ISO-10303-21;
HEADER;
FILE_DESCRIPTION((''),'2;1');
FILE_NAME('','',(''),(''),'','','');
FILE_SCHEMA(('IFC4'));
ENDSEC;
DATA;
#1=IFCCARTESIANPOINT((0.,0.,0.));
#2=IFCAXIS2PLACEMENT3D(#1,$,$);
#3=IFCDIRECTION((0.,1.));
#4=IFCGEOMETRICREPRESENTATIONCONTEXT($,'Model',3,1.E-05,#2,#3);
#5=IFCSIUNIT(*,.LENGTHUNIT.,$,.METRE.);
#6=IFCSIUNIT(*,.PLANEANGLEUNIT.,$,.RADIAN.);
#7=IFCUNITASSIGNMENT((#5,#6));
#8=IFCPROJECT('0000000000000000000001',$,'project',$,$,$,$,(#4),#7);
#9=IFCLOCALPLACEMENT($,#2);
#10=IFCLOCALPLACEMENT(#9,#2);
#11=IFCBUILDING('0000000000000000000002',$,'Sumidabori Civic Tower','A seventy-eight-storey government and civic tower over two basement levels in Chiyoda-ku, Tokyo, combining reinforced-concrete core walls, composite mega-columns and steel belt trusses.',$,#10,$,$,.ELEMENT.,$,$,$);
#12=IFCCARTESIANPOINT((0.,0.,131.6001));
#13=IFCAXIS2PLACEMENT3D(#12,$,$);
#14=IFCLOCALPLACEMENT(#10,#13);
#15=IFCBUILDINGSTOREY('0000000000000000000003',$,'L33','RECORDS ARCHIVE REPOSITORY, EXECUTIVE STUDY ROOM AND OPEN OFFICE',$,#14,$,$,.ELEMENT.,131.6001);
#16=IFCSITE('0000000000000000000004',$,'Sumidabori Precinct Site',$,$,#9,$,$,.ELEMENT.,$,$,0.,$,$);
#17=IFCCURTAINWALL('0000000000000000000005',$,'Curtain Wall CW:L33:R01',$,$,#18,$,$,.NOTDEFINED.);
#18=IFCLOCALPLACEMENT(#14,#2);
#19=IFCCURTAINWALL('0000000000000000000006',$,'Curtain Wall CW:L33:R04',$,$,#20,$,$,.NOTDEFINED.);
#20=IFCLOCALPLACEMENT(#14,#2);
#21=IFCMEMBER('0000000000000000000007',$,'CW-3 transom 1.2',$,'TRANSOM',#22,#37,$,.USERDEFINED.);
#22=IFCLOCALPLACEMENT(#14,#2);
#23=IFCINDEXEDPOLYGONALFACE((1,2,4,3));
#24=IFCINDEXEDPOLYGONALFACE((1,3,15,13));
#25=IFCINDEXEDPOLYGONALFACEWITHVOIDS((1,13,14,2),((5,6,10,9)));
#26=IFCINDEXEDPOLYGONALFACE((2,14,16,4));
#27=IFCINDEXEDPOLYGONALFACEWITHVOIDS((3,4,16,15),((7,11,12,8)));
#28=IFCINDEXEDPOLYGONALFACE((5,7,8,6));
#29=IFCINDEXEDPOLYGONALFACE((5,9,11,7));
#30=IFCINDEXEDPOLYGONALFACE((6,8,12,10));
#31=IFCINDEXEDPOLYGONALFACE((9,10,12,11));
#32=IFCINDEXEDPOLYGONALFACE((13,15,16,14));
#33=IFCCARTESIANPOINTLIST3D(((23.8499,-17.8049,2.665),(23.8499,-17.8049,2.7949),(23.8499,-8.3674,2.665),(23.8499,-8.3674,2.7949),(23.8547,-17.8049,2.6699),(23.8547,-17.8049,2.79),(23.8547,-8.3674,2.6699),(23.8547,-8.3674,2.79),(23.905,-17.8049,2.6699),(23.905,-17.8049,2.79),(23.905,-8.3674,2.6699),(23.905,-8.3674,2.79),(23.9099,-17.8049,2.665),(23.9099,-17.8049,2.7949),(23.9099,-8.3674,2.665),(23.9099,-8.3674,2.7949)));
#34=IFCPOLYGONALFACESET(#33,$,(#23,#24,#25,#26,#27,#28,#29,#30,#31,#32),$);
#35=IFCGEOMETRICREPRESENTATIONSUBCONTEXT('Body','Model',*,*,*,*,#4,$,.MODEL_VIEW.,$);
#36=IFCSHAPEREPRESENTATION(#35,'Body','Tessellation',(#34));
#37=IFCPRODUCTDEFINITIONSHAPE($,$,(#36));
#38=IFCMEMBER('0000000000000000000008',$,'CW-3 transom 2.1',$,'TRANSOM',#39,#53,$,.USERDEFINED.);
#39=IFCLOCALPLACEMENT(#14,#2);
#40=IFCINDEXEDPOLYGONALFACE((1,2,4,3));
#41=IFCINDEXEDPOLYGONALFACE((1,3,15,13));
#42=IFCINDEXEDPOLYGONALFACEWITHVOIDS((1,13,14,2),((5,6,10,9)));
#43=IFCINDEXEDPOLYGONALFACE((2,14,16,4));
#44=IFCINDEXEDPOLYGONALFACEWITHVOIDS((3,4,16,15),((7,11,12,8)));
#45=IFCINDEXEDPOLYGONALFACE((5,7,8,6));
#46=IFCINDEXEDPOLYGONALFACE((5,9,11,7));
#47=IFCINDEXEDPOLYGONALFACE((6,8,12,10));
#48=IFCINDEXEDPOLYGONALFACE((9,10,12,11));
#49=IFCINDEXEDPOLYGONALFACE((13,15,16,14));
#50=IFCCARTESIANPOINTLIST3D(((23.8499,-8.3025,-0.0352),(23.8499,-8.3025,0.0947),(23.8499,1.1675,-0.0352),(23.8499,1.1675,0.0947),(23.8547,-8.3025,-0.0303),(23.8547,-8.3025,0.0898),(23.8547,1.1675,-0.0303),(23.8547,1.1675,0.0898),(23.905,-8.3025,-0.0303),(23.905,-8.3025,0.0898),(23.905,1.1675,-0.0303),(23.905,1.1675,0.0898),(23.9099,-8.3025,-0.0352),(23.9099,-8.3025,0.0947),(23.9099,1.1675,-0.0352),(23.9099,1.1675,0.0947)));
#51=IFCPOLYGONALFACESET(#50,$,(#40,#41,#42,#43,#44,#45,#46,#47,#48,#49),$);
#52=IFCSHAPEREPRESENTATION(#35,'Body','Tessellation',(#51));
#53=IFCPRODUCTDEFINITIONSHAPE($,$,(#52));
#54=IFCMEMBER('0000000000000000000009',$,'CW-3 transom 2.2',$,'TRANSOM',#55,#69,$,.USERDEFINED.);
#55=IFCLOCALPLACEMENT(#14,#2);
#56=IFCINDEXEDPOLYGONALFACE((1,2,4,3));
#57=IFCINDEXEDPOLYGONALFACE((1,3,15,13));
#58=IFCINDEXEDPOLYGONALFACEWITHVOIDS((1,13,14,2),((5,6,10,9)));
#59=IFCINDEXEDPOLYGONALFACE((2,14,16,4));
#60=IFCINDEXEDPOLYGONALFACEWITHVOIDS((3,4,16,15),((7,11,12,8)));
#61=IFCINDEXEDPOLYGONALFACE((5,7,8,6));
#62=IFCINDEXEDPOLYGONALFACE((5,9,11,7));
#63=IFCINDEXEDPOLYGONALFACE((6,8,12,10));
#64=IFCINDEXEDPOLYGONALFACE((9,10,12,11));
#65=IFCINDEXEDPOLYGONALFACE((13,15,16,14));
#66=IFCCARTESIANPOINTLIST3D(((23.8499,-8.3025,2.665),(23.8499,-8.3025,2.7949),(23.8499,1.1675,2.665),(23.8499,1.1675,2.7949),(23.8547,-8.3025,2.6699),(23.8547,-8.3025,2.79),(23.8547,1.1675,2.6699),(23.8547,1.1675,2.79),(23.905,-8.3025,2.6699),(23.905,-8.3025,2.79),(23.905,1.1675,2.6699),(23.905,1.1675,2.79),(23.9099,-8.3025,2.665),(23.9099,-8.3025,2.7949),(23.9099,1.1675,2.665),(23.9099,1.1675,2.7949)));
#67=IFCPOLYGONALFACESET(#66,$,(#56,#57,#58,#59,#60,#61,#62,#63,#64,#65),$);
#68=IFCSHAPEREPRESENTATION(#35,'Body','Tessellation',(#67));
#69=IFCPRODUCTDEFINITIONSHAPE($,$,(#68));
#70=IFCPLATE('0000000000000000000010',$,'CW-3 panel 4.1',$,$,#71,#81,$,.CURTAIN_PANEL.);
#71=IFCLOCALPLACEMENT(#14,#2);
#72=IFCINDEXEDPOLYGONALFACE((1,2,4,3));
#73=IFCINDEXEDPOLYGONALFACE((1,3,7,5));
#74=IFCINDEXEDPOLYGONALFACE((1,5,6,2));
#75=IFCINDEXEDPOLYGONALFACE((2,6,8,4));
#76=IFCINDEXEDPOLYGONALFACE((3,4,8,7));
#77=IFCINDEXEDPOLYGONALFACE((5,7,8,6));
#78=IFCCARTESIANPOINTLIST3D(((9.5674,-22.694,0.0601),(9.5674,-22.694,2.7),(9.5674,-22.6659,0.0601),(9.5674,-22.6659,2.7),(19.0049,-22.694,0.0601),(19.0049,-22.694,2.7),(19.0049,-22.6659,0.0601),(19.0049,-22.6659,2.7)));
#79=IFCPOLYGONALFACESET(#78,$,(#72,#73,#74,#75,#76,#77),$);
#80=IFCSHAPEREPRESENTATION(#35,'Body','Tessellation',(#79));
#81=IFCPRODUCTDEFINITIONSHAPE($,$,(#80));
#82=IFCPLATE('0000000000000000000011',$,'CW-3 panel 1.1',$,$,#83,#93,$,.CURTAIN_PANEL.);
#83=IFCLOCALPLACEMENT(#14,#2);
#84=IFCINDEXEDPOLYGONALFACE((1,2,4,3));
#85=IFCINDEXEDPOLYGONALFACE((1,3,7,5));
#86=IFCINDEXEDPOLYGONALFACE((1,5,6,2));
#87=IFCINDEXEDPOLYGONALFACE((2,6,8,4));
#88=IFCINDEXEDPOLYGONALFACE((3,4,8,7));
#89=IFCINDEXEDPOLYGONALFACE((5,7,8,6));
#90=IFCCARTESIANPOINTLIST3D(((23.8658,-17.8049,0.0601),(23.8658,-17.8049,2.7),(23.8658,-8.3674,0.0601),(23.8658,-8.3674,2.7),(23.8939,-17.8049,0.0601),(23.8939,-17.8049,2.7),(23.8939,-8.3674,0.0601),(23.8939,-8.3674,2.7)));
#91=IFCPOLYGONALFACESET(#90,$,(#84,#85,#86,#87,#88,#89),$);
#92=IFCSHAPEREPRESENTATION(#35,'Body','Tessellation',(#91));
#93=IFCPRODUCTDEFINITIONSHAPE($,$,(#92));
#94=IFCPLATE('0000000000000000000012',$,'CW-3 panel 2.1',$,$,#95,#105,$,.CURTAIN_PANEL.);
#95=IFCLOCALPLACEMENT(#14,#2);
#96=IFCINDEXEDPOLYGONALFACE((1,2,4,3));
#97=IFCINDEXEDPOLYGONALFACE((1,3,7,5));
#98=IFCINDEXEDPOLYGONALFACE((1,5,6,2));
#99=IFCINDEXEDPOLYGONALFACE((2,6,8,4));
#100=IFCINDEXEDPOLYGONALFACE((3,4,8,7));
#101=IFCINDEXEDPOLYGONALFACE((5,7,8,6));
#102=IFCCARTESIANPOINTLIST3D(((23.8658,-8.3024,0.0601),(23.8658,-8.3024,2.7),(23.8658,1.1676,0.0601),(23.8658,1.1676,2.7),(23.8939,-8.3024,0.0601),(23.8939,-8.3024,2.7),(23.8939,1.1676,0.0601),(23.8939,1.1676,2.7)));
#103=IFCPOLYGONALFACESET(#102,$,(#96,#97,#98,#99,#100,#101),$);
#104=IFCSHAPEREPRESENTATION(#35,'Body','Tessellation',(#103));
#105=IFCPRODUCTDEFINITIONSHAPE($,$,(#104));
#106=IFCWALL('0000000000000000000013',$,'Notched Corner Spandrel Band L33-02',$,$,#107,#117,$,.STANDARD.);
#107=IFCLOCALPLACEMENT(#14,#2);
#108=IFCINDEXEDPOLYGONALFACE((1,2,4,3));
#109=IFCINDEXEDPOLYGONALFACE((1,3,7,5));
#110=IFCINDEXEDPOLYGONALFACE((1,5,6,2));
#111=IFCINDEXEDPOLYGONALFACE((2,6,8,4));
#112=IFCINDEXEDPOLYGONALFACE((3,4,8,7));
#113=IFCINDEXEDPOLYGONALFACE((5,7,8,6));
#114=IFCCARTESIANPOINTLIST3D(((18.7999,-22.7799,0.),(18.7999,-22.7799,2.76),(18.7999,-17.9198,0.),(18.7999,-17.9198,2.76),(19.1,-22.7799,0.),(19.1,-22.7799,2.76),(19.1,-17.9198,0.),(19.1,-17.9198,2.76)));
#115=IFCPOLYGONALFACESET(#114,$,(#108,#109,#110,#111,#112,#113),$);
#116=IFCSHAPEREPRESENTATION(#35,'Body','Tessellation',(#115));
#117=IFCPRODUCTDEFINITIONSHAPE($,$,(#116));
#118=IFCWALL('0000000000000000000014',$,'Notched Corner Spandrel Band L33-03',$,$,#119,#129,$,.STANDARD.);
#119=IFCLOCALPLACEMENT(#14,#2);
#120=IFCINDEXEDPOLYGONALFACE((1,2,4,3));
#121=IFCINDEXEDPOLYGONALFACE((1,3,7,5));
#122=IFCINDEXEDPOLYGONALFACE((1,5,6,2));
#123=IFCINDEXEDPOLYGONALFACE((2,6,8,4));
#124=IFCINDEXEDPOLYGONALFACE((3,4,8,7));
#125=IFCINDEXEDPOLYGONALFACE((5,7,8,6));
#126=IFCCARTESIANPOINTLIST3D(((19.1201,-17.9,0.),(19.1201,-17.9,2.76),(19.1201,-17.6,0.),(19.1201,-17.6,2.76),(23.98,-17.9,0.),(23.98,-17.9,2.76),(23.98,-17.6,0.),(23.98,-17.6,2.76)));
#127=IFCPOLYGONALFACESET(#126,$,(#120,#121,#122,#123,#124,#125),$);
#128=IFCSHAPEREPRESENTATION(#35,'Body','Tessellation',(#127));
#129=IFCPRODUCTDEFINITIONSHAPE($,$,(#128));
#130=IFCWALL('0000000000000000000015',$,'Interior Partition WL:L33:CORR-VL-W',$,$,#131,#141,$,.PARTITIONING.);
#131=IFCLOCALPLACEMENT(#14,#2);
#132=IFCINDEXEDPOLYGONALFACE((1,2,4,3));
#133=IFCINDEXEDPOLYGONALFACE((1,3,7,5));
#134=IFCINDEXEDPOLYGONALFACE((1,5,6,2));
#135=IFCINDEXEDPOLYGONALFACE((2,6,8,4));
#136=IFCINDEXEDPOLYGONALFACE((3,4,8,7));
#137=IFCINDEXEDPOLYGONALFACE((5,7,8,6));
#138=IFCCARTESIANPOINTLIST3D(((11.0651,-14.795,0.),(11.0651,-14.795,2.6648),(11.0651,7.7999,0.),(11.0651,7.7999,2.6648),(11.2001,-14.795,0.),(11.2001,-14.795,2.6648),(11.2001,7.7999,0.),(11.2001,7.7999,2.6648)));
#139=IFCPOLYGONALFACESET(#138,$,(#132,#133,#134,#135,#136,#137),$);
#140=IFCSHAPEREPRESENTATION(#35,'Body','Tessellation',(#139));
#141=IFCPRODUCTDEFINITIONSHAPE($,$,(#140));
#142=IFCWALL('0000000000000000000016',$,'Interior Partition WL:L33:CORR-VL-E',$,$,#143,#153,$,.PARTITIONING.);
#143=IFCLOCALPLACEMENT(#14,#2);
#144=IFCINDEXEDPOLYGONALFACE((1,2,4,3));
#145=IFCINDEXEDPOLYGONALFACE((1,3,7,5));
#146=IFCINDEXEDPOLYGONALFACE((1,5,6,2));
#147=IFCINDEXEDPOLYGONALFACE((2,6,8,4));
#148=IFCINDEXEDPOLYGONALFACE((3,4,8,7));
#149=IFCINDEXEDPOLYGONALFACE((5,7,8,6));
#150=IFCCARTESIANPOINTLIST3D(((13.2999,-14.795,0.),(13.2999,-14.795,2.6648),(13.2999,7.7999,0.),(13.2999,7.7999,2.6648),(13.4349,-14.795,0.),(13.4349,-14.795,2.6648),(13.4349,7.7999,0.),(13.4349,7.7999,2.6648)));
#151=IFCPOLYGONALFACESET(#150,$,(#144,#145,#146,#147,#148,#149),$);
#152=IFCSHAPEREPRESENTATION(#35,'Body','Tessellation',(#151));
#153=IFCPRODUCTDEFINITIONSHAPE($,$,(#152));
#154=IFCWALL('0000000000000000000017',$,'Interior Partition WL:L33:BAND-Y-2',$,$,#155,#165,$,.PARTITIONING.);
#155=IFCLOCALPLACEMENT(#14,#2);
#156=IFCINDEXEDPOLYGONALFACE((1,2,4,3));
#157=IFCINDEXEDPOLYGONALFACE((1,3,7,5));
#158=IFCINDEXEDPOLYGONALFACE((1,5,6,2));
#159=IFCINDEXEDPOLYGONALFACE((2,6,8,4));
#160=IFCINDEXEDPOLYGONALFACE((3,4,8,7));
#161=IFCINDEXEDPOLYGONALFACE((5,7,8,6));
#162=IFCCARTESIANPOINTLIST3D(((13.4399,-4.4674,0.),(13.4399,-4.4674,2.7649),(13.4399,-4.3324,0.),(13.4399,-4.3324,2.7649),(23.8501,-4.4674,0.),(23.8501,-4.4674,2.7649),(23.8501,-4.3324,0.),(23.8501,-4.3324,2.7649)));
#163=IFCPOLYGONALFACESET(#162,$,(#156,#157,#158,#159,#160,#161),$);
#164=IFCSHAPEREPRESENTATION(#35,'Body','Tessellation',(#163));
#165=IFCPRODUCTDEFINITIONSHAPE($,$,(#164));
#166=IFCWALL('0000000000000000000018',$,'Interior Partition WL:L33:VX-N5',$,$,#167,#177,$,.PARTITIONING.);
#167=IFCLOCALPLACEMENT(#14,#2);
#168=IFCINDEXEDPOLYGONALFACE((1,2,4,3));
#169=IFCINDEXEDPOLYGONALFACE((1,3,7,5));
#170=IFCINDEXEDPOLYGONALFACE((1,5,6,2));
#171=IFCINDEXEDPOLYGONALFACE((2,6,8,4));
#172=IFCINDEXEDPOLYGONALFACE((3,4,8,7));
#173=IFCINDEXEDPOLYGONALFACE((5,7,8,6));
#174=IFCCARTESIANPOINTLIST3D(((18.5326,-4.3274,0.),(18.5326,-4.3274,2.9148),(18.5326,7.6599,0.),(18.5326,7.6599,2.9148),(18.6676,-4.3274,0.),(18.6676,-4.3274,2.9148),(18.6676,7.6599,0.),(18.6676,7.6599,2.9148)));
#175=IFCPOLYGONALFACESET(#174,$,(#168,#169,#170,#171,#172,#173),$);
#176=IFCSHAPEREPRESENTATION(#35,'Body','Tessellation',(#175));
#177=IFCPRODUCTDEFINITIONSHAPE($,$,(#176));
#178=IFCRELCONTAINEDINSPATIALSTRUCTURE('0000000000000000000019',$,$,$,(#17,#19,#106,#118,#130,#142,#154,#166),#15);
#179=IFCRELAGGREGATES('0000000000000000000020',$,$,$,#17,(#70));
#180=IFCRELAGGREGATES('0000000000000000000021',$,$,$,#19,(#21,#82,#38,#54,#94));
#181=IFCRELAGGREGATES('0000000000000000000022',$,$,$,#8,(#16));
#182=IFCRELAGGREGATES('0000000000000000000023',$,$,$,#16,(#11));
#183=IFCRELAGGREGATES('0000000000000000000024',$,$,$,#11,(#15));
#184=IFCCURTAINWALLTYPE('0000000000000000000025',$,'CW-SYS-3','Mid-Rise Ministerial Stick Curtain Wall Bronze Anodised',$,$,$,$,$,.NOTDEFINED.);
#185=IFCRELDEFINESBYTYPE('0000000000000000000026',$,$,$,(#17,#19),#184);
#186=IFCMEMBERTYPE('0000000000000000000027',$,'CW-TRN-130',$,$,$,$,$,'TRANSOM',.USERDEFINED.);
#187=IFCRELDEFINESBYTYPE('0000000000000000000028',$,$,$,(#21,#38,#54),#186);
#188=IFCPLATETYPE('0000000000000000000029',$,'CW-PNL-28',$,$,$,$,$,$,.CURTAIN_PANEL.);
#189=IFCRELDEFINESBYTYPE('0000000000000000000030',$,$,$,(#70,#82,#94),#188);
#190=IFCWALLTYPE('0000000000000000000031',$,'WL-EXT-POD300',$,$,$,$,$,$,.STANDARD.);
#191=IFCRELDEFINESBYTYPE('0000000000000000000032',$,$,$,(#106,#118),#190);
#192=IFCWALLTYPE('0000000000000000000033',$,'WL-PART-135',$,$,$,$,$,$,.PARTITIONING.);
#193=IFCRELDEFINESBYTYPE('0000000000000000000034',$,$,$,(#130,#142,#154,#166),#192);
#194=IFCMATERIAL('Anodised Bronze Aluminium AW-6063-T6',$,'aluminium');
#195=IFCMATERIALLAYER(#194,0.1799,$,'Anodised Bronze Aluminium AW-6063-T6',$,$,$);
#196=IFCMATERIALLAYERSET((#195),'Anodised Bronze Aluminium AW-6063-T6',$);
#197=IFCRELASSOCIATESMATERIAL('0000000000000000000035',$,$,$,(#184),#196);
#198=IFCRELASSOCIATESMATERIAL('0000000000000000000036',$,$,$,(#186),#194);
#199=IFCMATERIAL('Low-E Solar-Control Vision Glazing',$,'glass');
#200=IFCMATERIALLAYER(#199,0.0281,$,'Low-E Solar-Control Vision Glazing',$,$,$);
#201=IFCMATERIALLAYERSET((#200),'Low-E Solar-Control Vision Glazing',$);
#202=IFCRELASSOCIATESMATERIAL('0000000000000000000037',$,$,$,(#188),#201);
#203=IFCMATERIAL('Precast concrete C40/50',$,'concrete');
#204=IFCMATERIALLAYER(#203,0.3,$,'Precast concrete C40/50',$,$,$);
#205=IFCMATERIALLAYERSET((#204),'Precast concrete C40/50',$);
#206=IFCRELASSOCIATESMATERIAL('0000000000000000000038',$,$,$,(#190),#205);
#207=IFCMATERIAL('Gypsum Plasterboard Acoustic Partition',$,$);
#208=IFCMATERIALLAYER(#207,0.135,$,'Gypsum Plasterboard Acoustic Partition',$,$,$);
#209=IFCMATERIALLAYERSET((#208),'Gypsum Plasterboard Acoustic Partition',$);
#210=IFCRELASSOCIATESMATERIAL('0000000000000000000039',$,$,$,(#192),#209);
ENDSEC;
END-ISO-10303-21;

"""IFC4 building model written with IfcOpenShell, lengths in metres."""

from ifc_helpers import new_model, si_unit, direction, frame, frame_2d, origin, origin_2d, place, context, subcontext, project, spatial, rectangle, hollow_rectangle, extrude, source, transform, mapped, material, layer, layer_set, material_profile, profile_set, type_object, element, aggregate, save


model = new_model("IFC4")

# Units and contexts
model_context = context("Model", 3, precision=1e-05, world=origin(), true_north=direction((0.0, 1.0)))
body_context = subcontext(model_context, "Body", "Model", "MODEL_VIEW")
ifc_project = project(units=[si_unit("LENGTHUNIT", "METRE"), si_unit("PLANEANGLEUNIT", "RADIAN")], contexts=[model_context])

# Site, building, storey
site_placement = place(None, origin())
site = spatial("IfcSite", under=ifc_project, at=site_placement, Name="Sumidabori Precinct Site", CompositionType="ELEMENT", RefElevation=0.0)
building_placement = place(site_placement, origin())
building = spatial("IfcBuilding", under=site, at=building_placement, Name="Sumidabori Civic Tower", Description="A seventy-eight-storey government and civic tower over two basement levels in Chiyoda-ku, Tokyo, combining reinforced-concrete core walls, composite mega-columns and steel belt trusses.", CompositionType="ELEMENT")
storey_placement = place(building_placement, frame((0.0, 0.0, 131.6001)))
storey = spatial("IfcBuildingStorey", under=building, at=storey_placement, Name="L33", Description="RECORDS ARCHIVE REPOSITORY, EXECUTIVE STUDY ROOM AND OPEN OFFICE", CompositionType="ELEMENT", Elevation=131.6001)

# Curtain walls
ifc_material_1 = material(Name="Anodised Bronze Aluminium AW-6063-T6", Category="aluminium")
ifc_layer_1 = layer(ifc_material_1, 0.1799, Name="Anodised Bronze Aluminium AW-6063-T6")
ifc_layer_set_1 = layer_set([ifc_layer_1], Name="Anodised Bronze Aluminium AW-6063-T6")
curtain_wall_type = type_object("IfcCurtainWallType", Name="CW-SYS-3", Description="Mid-Rise Ministerial Stick Curtain Wall Bronze Anodised", PredefinedType="NOTDEFINED", material=ifc_layer_set_1)
curtain_wall_1_placement = place(storey_placement, origin())
curtain_wall_1 = element("IfcCurtainWall", 1, at=curtain_wall_1_placement, inside=storey, type_object=curtain_wall_type, Name="Curtain Wall CW:L33:R01", PredefinedType="NOTDEFINED")
curtain_wall_2_placement = place(storey_placement, origin())
curtain_wall_2 = element("IfcCurtainWall", 2, at=curtain_wall_2_placement, inside=storey, type_object=curtain_wall_type, Name="Curtain Wall CW:L33:R04", PredefinedType="NOTDEFINED")

# Members
ifc_material_profile_1 = material_profile(ifc_material_1, hollow_rectangle(XDim=0.0601, YDim=0.1299, WallThickness=0.0049, at=origin_2d()), Name="ALU TRANSOM 130x60")
ifc_profile_set_1 = profile_set([ifc_material_profile_1], Name="Anodised Bronze Aluminium AW-6063-T6")
member_type_1 = type_object("IfcMemberType", Name="CW-TRN-130", ElementType="TRANSOM", PredefinedType="USERDEFINED", material=ifc_profile_set_1)
shared_shape_1 = source(origin(), body_context, "Body", "SweptSolid", [
    extrude(hollow_rectangle(XDim=0.0601, YDim=0.1299, WallThickness=0.0049, at=origin_2d()), origin(), (0.0, 0.0, 1.0), 9.4375),
])
member_1_placement = place(storey_placement, frame((23.8799, -17.8049, 2.73), z_axis=(0.0, 1.0, 0.0), x_axis=(-1.0, 0.0, 0.0)))
member_1 = element("IfcMember", 3, at=member_1_placement, type_object=member_type_1, Name="CW-3 transom 1.2", ObjectType="TRANSOM", PredefinedType="USERDEFINED", context=body_context, shape_type="MappedRepresentation", body=[
    mapped(shared_shape_1, transform((0.0, 0.0, 0.0), x_axis=(1.0, 0.0, 0.0), y_axis=(0.0, 1.0, 0.0), z_axis=(0.0, 0.0, 1.0), scale=1.0)),
])
shared_shape_2 = source(origin(), body_context, "Body", "SweptSolid", [
    extrude(hollow_rectangle(XDim=0.0601, YDim=0.1299, WallThickness=0.0049, at=origin_2d()), origin(), (0.0, 0.0, 1.0), 9.47),
])
member_2_placement = place(storey_placement, frame((23.8799, -8.3025, 0.0298), z_axis=(0.0, 1.0, 0.0), x_axis=(-1.0, 0.0, 0.0)))
member_2 = element("IfcMember", 4, at=member_2_placement, type_object=member_type_1, Name="CW-3 transom 2.1", ObjectType="TRANSOM", PredefinedType="USERDEFINED", context=body_context, shape_type="MappedRepresentation", body=[
    mapped(shared_shape_2, transform((0.0, 0.0, 0.0), x_axis=(1.0, 0.0, 0.0), y_axis=(0.0, 1.0, 0.0), z_axis=(0.0, 0.0, 1.0), scale=1.0)),
])
member_3_placement = place(storey_placement, frame((23.8799, -8.3025, 2.73), z_axis=(0.0, 1.0, 0.0), x_axis=(-1.0, 0.0, 0.0)))
member_3 = element("IfcMember", 5, at=member_3_placement, type_object=member_type_1, Name="CW-3 transom 2.2", ObjectType="TRANSOM", PredefinedType="USERDEFINED", context=body_context, shape_type="MappedRepresentation", body=[
    mapped(shared_shape_2, transform((0.0, 0.0, 0.0), x_axis=(1.0, 0.0, 0.0), y_axis=(0.0, 1.0, 0.0), z_axis=(0.0, 0.0, 1.0), scale=1.0)),
])

# Plates
ifc_material_2 = material(Name="Low-E Solar-Control Vision Glazing", Category="glass")
ifc_layer_2 = layer(ifc_material_2, 0.0281, Name="Low-E Solar-Control Vision Glazing")
ifc_layer_set_2 = layer_set([ifc_layer_2], Name="Low-E Solar-Control Vision Glazing")
plate_type = type_object("IfcPlateType", Name="CW-PNL-28", PredefinedType="CURTAIN_PANEL", material=ifc_layer_set_2)
shared_shape_3 = source(origin(), body_context, "Body", "SweptSolid", [
    extrude(rectangle(XDim=9.4375, YDim=0.0281, at=origin_2d()), origin(), (0.0, 0.0, 1.0), 2.6399),
])
plate_1_placement = place(storey_placement, frame((14.2861, -22.6799, 0.0601), z_axis=(0.0, 0.0, 1.0), x_axis=(1.0, 0.0, 0.0)))
plate_1 = element("IfcPlate", 6, at=plate_1_placement, type_object=plate_type, Name="CW-3 panel 4.1", PredefinedType="CURTAIN_PANEL", context=body_context, shape_type="MappedRepresentation", body=[
    mapped(shared_shape_3, transform((0.0, 0.0, 0.0), x_axis=(1.0, 0.0, 0.0), y_axis=(0.0, 1.0, 0.0), z_axis=(0.0, 0.0, 1.0), scale=1.0)),
])
aggregate(curtain_wall_1, [plate_1])
plate_2_placement = place(storey_placement, frame((23.8799, -13.0862, 0.0601), z_axis=(0.0, 0.0, 1.0), x_axis=(0.0, 1.0, 0.0)))
plate_2 = element("IfcPlate", 7, at=plate_2_placement, type_object=plate_type, Name="CW-3 panel 1.1", PredefinedType="CURTAIN_PANEL", context=body_context, shape_type="MappedRepresentation", body=[
    mapped(shared_shape_3, transform((0.0, 0.0, 0.0), x_axis=(1.0, 0.0, 0.0), y_axis=(0.0, 1.0, 0.0), z_axis=(0.0, 0.0, 1.0), scale=1.0)),
])
shared_shape_4 = source(origin(), body_context, "Body", "SweptSolid", [
    extrude(rectangle(XDim=9.47, YDim=0.0281, at=origin_2d()), origin(), (0.0, 0.0, 1.0), 2.6399),
])
plate_3_placement = place(storey_placement, frame((23.8799, -3.5674, 0.0601), z_axis=(0.0, 0.0, 1.0), x_axis=(0.0, 1.0, 0.0)))
plate_3 = element("IfcPlate", 8, at=plate_3_placement, type_object=plate_type, Name="CW-3 panel 2.1", PredefinedType="CURTAIN_PANEL", context=body_context, shape_type="MappedRepresentation", body=[
    mapped(shared_shape_4, transform((0.0, 0.0, 0.0), x_axis=(1.0, 0.0, 0.0), y_axis=(0.0, 1.0, 0.0), z_axis=(0.0, 0.0, 1.0), scale=1.0)),
])
aggregate(curtain_wall_2, [member_1, plate_2, member_2, member_3, plate_3])

# Walls
ifc_material_3 = material(Name="Precast concrete C40/50", Category="concrete")
ifc_layer_3 = layer(ifc_material_3, 0.3, Name="Precast concrete C40/50")
ifc_layer_set_3 = layer_set([ifc_layer_3], Name="Precast concrete C40/50")
wall_type_1 = type_object("IfcWallType", Name="WL-EXT-POD300", PredefinedType="STANDARD", material=ifc_layer_set_3)
shared_shape_5 = source(origin(), body_context, "Body", "SweptSolid", [
    extrude(rectangle(XDim=4.8601, YDim=0.3, at=frame_2d((2.4302, 0.0))), origin(), (0.0, 0.0, 1.0), 2.76),
])
wall_1_placement = place(storey_placement, frame((18.95, -22.78, 0.0), z_axis=(0.0, 0.0, 1.0), x_axis=(0.0, 1.0, 0.0)))
element("IfcWall", 9, at=wall_1_placement, inside=storey, type_object=wall_type_1, Name="Notched Corner Spandrel Band L33-02", PredefinedType="STANDARD", context=body_context, shape_type="MappedRepresentation", body=[
    mapped(shared_shape_5, transform((0.0, 0.0, 0.0), x_axis=(1.0, 0.0, 0.0), y_axis=(0.0, 1.0, 0.0), z_axis=(0.0, 0.0, 1.0), scale=1.0)),
])
shared_shape_6 = source(origin(), body_context, "Body", "SweptSolid", [
    extrude(rectangle(XDim=4.8599, YDim=0.3, at=frame_2d((2.4299, 0.0))), origin(), (0.0, 0.0, 1.0), 2.76),
])
wall_2_placement = place(storey_placement, frame((19.1201, -17.75, 0.0), z_axis=(0.0, 0.0, 1.0), x_axis=(1.0, 0.0, 0.0)))
element("IfcWall", 10, at=wall_2_placement, inside=storey, type_object=wall_type_1, Name="Notched Corner Spandrel Band L33-03", PredefinedType="STANDARD", context=body_context, shape_type="MappedRepresentation", body=[
    mapped(shared_shape_6, transform((0.0, 0.0, 0.0), x_axis=(1.0, 0.0, 0.0), y_axis=(0.0, 1.0, 0.0), z_axis=(0.0, 0.0, 1.0), scale=1.0)),
])

# Shared definitions
ifc_material_4 = material(Name="Gypsum Plasterboard Acoustic Partition")
ifc_layer_4 = layer(ifc_material_4, 0.135, Name="Gypsum Plasterboard Acoustic Partition")
ifc_layer_set_4 = layer_set([ifc_layer_4], Name="Gypsum Plasterboard Acoustic Partition")
wall_type_2 = type_object("IfcWallType", Name="WL-PART-135", PredefinedType="PARTITIONING", material=ifc_layer_set_4)

# Walls
shared_shape_7 = source(origin(), body_context, "Body", "SweptSolid", [
    extrude(rectangle(XDim=22.595, YDim=0.135, at=frame_2d((11.2974, 0.0))), origin(), (0.0, 0.0, 1.0), 2.6648),
])
for number, where, z_axis, x_axis, name in (
    (11, (11.1326, -14.7949, 0.0), (0.0, 0.0, 1.0), (0.0, 1.0, 0.0), "Interior Partition WL:L33:CORR-VL-W"),
    (12, (13.3674, -14.7949, 0.0), (0.0, 0.0, 1.0), (0.0, 1.0, 0.0), "Interior Partition WL:L33:CORR-VL-E"),
):
    element("IfcWall", number, at=place(storey_placement, frame(where, z_axis=z_axis, x_axis=x_axis)), inside=storey, type_object=wall_type_2, Name=name, PredefinedType="PARTITIONING", context=body_context, shape_type="MappedRepresentation", body=[
        mapped(shared_shape_7, transform((0.0, 0.0, 0.0), x_axis=(1.0, 0.0, 0.0), y_axis=(0.0, 1.0, 0.0), z_axis=(0.0, 0.0, 1.0), scale=1.0)),
    ])
shared_shape_8 = source(origin(), body_context, "Body", "SweptSolid", [
    extrude(rectangle(XDim=10.4102, YDim=0.135, at=frame_2d((5.2051, 0.0))), origin(), (0.0, 0.0, 1.0), 2.7649),
])
wall_3_placement = place(storey_placement, frame((13.4399, -4.3999, 0.0), z_axis=(0.0, 0.0, 1.0), x_axis=(1.0, 0.0, 0.0)))
element("IfcWall", 13, at=wall_3_placement, inside=storey, type_object=wall_type_2, Name="Interior Partition WL:L33:BAND-Y-2", PredefinedType="PARTITIONING", context=body_context, shape_type="MappedRepresentation", body=[
    mapped(shared_shape_8, transform((0.0, 0.0, 0.0), x_axis=(1.0, 0.0, 0.0), y_axis=(0.0, 1.0, 0.0), z_axis=(0.0, 0.0, 1.0), scale=1.0)),
])
shared_shape_9 = source(origin(), body_context, "Body", "SweptSolid", [
    extrude(rectangle(XDim=11.9873, YDim=0.135, at=frame_2d((5.9937, 0.0))), origin(), (0.0, 0.0, 1.0), 2.9148),
])
wall_4_placement = place(storey_placement, frame((18.6001, -4.3274, 0.0), z_axis=(0.0, 0.0, 1.0), x_axis=(0.0, 1.0, 0.0)))
element("IfcWall", 14, at=wall_4_placement, inside=storey, type_object=wall_type_2, Name="Interior Partition WL:L33:VX-N5", PredefinedType="PARTITIONING", context=body_context, shape_type="MappedRepresentation", body=[
    mapped(shared_shape_9, transform((0.0, 0.0, 0.0), x_axis=(1.0, 0.0, 0.0), y_axis=(0.0, 1.0, 0.0), z_axis=(0.0, 0.0, 1.0), scale=1.0)),
])

save(model, "model.ifc")
